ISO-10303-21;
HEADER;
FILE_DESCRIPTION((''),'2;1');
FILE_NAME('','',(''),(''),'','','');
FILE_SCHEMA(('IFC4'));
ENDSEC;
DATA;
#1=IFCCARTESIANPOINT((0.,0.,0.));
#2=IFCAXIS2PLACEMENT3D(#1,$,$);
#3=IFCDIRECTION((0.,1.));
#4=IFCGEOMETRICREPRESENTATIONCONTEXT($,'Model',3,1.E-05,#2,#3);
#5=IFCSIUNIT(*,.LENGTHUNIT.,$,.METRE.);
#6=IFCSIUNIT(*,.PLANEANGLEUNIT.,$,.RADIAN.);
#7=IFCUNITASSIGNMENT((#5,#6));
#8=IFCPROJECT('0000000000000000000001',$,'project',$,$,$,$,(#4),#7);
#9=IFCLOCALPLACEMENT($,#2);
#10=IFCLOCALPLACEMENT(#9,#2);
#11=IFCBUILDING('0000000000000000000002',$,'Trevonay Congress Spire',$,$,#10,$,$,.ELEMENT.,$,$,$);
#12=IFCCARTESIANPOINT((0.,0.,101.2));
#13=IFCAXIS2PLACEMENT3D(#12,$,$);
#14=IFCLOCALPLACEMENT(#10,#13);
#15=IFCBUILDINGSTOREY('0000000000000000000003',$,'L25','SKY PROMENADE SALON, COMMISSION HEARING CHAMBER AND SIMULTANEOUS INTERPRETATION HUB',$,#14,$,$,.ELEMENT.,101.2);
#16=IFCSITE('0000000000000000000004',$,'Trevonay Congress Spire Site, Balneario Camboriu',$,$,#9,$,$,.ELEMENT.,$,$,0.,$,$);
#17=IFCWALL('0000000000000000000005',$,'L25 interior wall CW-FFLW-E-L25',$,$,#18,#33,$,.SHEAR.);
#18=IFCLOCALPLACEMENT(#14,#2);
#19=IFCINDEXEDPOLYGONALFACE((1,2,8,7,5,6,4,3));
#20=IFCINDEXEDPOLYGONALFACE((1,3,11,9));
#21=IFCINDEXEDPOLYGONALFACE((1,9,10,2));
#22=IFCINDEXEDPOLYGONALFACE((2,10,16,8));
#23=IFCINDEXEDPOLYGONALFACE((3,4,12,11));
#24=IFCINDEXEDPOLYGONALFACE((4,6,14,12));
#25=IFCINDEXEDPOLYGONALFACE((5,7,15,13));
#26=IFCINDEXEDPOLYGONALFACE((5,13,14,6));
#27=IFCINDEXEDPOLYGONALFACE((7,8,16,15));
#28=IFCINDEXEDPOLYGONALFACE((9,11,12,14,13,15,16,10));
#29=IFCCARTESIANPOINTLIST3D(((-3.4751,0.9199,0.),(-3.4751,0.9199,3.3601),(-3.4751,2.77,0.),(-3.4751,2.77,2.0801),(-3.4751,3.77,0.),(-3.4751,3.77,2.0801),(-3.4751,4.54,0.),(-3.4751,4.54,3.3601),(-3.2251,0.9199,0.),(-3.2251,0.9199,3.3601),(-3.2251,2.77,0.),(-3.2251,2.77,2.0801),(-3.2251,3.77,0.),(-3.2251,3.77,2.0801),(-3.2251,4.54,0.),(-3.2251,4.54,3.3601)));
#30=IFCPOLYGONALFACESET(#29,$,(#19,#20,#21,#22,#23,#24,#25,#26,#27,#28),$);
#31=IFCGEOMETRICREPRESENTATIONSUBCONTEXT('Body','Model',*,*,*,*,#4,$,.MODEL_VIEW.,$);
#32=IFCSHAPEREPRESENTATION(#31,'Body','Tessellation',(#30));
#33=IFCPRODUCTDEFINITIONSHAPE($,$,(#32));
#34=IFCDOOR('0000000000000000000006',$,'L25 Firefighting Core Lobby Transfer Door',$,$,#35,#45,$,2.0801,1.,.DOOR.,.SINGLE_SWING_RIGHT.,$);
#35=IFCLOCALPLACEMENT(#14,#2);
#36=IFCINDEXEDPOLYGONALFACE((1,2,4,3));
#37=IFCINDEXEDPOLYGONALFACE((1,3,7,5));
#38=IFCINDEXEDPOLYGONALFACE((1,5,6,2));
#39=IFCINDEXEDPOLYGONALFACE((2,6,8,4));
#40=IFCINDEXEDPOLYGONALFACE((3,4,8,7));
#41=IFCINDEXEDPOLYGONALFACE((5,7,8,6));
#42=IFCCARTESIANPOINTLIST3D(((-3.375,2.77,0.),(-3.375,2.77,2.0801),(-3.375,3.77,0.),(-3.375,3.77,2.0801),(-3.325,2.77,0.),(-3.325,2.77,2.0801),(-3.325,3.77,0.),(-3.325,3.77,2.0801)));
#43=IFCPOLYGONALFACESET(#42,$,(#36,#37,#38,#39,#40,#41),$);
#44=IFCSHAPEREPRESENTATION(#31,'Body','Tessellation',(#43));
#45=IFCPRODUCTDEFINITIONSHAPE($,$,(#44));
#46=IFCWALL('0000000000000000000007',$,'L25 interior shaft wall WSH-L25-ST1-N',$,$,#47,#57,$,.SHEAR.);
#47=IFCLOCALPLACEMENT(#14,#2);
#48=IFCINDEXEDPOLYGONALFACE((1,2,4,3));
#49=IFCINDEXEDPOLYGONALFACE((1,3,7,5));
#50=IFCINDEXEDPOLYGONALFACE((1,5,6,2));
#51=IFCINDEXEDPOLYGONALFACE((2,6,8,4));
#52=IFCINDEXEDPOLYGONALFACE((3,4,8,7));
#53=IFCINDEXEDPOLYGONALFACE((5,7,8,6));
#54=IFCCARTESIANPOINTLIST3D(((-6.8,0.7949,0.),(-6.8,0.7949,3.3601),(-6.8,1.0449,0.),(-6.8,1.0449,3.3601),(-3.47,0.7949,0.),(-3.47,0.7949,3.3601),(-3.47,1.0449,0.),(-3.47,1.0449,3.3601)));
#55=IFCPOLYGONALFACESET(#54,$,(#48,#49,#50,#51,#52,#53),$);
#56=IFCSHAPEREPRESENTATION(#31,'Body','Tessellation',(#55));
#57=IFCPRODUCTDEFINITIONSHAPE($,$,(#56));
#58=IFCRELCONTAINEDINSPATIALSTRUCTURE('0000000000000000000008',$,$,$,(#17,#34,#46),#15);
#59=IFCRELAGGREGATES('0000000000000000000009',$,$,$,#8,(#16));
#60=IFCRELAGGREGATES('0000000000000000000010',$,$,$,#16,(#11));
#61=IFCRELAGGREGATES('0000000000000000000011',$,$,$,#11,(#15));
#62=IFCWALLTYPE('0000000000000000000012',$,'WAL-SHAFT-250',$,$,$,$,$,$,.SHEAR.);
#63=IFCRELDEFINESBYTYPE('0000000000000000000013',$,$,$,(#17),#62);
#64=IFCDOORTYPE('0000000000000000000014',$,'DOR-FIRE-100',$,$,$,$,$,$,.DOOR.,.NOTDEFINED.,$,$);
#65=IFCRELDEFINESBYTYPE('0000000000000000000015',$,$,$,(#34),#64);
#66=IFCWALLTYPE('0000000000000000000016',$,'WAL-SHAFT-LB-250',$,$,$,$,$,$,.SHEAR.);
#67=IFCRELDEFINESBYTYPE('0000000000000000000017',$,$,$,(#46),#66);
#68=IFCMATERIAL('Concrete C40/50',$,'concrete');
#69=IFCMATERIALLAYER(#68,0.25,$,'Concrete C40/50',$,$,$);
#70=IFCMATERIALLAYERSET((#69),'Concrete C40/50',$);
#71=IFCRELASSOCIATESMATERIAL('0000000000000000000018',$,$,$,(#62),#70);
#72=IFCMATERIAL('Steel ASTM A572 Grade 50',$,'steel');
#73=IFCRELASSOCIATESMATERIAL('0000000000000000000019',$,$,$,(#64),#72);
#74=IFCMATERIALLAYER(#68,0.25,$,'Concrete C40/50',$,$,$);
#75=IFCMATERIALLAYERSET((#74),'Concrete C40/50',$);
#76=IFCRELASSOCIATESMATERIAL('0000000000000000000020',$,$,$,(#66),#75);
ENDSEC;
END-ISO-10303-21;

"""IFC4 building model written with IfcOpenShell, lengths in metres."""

from ifc_helpers import new_model, si_unit, direction, frame, frame_2d, origin, place, context, subcontext, project, spatial, rectangle, extrude, material, layer, layer_set, type_object, element, fill, save


model = new_model("IFC4")

# Units and contexts
model_context = context("Model", 3, precision=1e-05, world=origin(), true_north=direction((0.0, 1.0)))
body_context = subcontext(model_context, "Body", "Model", "MODEL_VIEW")
ifc_project = project(units=[si_unit("LENGTHUNIT", "METRE"), si_unit("PLANEANGLEUNIT", "RADIAN")], contexts=[model_context])

# Site, building, storey
site_placement = place(None, origin())
site = spatial("IfcSite", under=ifc_project, at=site_placement, Name="Trevonay Congress Spire Site, Balneario Camboriu", CompositionType="ELEMENT", RefElevation=0.0)
building_placement = place(site_placement, origin())
building = spatial("IfcBuilding", under=site, at=building_placement, Name="Trevonay Congress Spire", CompositionType="ELEMENT")
storey_placement = place(building_placement, frame((0.0, 0.0, 101.2)))
storey = spatial("IfcBuildingStorey", under=building, at=storey_placement, Name="L25", Description="SKY PROMENADE SALON, COMMISSION HEARING CHAMBER AND SIMULTANEOUS INTERPRETATION HUB", CompositionType="ELEMENT", Elevation=101.2)

# Shared definitions
ifc_material_1 = material(Name="Steel ASTM A572 Grade 50", Category="steel")

# Shared definitions
ifc_material_2 = material(Name="Concrete C40/50", Category="concrete")

# Shared definitions
ifc_layer_1 = layer(ifc_material_2, 0.25, Name="Concrete C40/50")
ifc_layer_set_1 = layer_set([ifc_layer_1], Name="Concrete C40/50")
wall_type_1 = type_object("IfcWallType", Name="WAL-SHAFT-250", PredefinedType="SHEAR", material=ifc_layer_set_1)

# Wall, opening, door
wall_1_placement = place(storey_placement, frame((-3.3501, 0.9199, 0.0), z_axis=(0.0, 0.0, 1.0), x_axis=(0.0, 1.0, 0.0)))
wall_1 = element("IfcWall", 1, at=wall_1_placement, inside=storey, type_object=wall_type_1, Name="L25 interior wall CW-FFLW-E-L25", PredefinedType="SHEAR", context=body_context, shape_type="SweptSolid", body=[
    extrude(rectangle(XDim=3.6201, YDim=0.25, at=frame_2d((1.8101, 0.0))), origin(), (0.0, 0.0, 1.0), 3.3601),
])
opening_1_placement = place(wall_1_placement, frame((1.8501, 0.0, 0.0)))
opening_1 = element("IfcOpeningElement", 2, at=opening_1_placement, cuts=wall_1, PredefinedType="OPENING", context=body_context, shape_type="SweptSolid", body=[
    extrude(rectangle(XDim=1.0, YDim=2.0801, at=frame_2d((0.5, 1.04))), frame((0.0, 0.135, 0.0), z_axis=(0.0, -1.0, 0.0), x_axis=(1.0, 0.0, 0.0)), (0.0, 0.0, 1.0), 0.27),
])
door_type_1 = type_object("IfcDoorType", Name="DOR-FIRE-100", OperationType="NOTDEFINED", PredefinedType="DOOR", material=ifc_material_1)
door_1_placement = place(opening_1_placement, origin())
door_1 = element("IfcDoor", 3, at=door_1_placement, inside=storey, type_object=door_type_1, Name="L25 Firefighting Core Lobby Transfer Door", OperationType="SINGLE_SWING_RIGHT", OverallHeight=2.0801, OverallWidth=1.0, PredefinedType="DOOR", context=body_context, shape_type="SweptSolid", body=[
    extrude(rectangle(XDim=1.0, YDim=2.0801, at=frame_2d((0.5, 1.04))), frame((0.0, 0.0249, 0.0), z_axis=(0.0, -1.0, 0.0), x_axis=(1.0, 0.0, 0.0)), (0.0, 0.0, 1.0), 0.05),
])
fill(opening_1, door_1)

# Wall
ifc_layer_2 = layer(ifc_material_2, 0.25, Name="Concrete C40/50")
ifc_layer_set_2 = layer_set([ifc_layer_2], Name="Concrete C40/50")
wall_type_2 = type_object("IfcWallType", Name="WAL-SHAFT-LB-250", PredefinedType="SHEAR", material=ifc_layer_set_2)
wall_2_placement = place(storey_placement, frame((-6.8, 0.9199, 0.0), z_axis=(0.0, 0.0, 1.0), x_axis=(1.0, 0.0, 0.0)))
element("IfcWall", 4, at=wall_2_placement, inside=storey, type_object=wall_type_2, Name="L25 interior shaft wall WSH-L25-ST1-N", PredefinedType="SHEAR", context=body_context, shape_type="SweptSolid", body=[
    extrude(rectangle(XDim=3.3301, YDim=0.25, at=frame_2d((1.665, 0.0))), origin(), (0.0, 0.0, 1.0), 3.3601),
])

save(model, "model.ifc")
